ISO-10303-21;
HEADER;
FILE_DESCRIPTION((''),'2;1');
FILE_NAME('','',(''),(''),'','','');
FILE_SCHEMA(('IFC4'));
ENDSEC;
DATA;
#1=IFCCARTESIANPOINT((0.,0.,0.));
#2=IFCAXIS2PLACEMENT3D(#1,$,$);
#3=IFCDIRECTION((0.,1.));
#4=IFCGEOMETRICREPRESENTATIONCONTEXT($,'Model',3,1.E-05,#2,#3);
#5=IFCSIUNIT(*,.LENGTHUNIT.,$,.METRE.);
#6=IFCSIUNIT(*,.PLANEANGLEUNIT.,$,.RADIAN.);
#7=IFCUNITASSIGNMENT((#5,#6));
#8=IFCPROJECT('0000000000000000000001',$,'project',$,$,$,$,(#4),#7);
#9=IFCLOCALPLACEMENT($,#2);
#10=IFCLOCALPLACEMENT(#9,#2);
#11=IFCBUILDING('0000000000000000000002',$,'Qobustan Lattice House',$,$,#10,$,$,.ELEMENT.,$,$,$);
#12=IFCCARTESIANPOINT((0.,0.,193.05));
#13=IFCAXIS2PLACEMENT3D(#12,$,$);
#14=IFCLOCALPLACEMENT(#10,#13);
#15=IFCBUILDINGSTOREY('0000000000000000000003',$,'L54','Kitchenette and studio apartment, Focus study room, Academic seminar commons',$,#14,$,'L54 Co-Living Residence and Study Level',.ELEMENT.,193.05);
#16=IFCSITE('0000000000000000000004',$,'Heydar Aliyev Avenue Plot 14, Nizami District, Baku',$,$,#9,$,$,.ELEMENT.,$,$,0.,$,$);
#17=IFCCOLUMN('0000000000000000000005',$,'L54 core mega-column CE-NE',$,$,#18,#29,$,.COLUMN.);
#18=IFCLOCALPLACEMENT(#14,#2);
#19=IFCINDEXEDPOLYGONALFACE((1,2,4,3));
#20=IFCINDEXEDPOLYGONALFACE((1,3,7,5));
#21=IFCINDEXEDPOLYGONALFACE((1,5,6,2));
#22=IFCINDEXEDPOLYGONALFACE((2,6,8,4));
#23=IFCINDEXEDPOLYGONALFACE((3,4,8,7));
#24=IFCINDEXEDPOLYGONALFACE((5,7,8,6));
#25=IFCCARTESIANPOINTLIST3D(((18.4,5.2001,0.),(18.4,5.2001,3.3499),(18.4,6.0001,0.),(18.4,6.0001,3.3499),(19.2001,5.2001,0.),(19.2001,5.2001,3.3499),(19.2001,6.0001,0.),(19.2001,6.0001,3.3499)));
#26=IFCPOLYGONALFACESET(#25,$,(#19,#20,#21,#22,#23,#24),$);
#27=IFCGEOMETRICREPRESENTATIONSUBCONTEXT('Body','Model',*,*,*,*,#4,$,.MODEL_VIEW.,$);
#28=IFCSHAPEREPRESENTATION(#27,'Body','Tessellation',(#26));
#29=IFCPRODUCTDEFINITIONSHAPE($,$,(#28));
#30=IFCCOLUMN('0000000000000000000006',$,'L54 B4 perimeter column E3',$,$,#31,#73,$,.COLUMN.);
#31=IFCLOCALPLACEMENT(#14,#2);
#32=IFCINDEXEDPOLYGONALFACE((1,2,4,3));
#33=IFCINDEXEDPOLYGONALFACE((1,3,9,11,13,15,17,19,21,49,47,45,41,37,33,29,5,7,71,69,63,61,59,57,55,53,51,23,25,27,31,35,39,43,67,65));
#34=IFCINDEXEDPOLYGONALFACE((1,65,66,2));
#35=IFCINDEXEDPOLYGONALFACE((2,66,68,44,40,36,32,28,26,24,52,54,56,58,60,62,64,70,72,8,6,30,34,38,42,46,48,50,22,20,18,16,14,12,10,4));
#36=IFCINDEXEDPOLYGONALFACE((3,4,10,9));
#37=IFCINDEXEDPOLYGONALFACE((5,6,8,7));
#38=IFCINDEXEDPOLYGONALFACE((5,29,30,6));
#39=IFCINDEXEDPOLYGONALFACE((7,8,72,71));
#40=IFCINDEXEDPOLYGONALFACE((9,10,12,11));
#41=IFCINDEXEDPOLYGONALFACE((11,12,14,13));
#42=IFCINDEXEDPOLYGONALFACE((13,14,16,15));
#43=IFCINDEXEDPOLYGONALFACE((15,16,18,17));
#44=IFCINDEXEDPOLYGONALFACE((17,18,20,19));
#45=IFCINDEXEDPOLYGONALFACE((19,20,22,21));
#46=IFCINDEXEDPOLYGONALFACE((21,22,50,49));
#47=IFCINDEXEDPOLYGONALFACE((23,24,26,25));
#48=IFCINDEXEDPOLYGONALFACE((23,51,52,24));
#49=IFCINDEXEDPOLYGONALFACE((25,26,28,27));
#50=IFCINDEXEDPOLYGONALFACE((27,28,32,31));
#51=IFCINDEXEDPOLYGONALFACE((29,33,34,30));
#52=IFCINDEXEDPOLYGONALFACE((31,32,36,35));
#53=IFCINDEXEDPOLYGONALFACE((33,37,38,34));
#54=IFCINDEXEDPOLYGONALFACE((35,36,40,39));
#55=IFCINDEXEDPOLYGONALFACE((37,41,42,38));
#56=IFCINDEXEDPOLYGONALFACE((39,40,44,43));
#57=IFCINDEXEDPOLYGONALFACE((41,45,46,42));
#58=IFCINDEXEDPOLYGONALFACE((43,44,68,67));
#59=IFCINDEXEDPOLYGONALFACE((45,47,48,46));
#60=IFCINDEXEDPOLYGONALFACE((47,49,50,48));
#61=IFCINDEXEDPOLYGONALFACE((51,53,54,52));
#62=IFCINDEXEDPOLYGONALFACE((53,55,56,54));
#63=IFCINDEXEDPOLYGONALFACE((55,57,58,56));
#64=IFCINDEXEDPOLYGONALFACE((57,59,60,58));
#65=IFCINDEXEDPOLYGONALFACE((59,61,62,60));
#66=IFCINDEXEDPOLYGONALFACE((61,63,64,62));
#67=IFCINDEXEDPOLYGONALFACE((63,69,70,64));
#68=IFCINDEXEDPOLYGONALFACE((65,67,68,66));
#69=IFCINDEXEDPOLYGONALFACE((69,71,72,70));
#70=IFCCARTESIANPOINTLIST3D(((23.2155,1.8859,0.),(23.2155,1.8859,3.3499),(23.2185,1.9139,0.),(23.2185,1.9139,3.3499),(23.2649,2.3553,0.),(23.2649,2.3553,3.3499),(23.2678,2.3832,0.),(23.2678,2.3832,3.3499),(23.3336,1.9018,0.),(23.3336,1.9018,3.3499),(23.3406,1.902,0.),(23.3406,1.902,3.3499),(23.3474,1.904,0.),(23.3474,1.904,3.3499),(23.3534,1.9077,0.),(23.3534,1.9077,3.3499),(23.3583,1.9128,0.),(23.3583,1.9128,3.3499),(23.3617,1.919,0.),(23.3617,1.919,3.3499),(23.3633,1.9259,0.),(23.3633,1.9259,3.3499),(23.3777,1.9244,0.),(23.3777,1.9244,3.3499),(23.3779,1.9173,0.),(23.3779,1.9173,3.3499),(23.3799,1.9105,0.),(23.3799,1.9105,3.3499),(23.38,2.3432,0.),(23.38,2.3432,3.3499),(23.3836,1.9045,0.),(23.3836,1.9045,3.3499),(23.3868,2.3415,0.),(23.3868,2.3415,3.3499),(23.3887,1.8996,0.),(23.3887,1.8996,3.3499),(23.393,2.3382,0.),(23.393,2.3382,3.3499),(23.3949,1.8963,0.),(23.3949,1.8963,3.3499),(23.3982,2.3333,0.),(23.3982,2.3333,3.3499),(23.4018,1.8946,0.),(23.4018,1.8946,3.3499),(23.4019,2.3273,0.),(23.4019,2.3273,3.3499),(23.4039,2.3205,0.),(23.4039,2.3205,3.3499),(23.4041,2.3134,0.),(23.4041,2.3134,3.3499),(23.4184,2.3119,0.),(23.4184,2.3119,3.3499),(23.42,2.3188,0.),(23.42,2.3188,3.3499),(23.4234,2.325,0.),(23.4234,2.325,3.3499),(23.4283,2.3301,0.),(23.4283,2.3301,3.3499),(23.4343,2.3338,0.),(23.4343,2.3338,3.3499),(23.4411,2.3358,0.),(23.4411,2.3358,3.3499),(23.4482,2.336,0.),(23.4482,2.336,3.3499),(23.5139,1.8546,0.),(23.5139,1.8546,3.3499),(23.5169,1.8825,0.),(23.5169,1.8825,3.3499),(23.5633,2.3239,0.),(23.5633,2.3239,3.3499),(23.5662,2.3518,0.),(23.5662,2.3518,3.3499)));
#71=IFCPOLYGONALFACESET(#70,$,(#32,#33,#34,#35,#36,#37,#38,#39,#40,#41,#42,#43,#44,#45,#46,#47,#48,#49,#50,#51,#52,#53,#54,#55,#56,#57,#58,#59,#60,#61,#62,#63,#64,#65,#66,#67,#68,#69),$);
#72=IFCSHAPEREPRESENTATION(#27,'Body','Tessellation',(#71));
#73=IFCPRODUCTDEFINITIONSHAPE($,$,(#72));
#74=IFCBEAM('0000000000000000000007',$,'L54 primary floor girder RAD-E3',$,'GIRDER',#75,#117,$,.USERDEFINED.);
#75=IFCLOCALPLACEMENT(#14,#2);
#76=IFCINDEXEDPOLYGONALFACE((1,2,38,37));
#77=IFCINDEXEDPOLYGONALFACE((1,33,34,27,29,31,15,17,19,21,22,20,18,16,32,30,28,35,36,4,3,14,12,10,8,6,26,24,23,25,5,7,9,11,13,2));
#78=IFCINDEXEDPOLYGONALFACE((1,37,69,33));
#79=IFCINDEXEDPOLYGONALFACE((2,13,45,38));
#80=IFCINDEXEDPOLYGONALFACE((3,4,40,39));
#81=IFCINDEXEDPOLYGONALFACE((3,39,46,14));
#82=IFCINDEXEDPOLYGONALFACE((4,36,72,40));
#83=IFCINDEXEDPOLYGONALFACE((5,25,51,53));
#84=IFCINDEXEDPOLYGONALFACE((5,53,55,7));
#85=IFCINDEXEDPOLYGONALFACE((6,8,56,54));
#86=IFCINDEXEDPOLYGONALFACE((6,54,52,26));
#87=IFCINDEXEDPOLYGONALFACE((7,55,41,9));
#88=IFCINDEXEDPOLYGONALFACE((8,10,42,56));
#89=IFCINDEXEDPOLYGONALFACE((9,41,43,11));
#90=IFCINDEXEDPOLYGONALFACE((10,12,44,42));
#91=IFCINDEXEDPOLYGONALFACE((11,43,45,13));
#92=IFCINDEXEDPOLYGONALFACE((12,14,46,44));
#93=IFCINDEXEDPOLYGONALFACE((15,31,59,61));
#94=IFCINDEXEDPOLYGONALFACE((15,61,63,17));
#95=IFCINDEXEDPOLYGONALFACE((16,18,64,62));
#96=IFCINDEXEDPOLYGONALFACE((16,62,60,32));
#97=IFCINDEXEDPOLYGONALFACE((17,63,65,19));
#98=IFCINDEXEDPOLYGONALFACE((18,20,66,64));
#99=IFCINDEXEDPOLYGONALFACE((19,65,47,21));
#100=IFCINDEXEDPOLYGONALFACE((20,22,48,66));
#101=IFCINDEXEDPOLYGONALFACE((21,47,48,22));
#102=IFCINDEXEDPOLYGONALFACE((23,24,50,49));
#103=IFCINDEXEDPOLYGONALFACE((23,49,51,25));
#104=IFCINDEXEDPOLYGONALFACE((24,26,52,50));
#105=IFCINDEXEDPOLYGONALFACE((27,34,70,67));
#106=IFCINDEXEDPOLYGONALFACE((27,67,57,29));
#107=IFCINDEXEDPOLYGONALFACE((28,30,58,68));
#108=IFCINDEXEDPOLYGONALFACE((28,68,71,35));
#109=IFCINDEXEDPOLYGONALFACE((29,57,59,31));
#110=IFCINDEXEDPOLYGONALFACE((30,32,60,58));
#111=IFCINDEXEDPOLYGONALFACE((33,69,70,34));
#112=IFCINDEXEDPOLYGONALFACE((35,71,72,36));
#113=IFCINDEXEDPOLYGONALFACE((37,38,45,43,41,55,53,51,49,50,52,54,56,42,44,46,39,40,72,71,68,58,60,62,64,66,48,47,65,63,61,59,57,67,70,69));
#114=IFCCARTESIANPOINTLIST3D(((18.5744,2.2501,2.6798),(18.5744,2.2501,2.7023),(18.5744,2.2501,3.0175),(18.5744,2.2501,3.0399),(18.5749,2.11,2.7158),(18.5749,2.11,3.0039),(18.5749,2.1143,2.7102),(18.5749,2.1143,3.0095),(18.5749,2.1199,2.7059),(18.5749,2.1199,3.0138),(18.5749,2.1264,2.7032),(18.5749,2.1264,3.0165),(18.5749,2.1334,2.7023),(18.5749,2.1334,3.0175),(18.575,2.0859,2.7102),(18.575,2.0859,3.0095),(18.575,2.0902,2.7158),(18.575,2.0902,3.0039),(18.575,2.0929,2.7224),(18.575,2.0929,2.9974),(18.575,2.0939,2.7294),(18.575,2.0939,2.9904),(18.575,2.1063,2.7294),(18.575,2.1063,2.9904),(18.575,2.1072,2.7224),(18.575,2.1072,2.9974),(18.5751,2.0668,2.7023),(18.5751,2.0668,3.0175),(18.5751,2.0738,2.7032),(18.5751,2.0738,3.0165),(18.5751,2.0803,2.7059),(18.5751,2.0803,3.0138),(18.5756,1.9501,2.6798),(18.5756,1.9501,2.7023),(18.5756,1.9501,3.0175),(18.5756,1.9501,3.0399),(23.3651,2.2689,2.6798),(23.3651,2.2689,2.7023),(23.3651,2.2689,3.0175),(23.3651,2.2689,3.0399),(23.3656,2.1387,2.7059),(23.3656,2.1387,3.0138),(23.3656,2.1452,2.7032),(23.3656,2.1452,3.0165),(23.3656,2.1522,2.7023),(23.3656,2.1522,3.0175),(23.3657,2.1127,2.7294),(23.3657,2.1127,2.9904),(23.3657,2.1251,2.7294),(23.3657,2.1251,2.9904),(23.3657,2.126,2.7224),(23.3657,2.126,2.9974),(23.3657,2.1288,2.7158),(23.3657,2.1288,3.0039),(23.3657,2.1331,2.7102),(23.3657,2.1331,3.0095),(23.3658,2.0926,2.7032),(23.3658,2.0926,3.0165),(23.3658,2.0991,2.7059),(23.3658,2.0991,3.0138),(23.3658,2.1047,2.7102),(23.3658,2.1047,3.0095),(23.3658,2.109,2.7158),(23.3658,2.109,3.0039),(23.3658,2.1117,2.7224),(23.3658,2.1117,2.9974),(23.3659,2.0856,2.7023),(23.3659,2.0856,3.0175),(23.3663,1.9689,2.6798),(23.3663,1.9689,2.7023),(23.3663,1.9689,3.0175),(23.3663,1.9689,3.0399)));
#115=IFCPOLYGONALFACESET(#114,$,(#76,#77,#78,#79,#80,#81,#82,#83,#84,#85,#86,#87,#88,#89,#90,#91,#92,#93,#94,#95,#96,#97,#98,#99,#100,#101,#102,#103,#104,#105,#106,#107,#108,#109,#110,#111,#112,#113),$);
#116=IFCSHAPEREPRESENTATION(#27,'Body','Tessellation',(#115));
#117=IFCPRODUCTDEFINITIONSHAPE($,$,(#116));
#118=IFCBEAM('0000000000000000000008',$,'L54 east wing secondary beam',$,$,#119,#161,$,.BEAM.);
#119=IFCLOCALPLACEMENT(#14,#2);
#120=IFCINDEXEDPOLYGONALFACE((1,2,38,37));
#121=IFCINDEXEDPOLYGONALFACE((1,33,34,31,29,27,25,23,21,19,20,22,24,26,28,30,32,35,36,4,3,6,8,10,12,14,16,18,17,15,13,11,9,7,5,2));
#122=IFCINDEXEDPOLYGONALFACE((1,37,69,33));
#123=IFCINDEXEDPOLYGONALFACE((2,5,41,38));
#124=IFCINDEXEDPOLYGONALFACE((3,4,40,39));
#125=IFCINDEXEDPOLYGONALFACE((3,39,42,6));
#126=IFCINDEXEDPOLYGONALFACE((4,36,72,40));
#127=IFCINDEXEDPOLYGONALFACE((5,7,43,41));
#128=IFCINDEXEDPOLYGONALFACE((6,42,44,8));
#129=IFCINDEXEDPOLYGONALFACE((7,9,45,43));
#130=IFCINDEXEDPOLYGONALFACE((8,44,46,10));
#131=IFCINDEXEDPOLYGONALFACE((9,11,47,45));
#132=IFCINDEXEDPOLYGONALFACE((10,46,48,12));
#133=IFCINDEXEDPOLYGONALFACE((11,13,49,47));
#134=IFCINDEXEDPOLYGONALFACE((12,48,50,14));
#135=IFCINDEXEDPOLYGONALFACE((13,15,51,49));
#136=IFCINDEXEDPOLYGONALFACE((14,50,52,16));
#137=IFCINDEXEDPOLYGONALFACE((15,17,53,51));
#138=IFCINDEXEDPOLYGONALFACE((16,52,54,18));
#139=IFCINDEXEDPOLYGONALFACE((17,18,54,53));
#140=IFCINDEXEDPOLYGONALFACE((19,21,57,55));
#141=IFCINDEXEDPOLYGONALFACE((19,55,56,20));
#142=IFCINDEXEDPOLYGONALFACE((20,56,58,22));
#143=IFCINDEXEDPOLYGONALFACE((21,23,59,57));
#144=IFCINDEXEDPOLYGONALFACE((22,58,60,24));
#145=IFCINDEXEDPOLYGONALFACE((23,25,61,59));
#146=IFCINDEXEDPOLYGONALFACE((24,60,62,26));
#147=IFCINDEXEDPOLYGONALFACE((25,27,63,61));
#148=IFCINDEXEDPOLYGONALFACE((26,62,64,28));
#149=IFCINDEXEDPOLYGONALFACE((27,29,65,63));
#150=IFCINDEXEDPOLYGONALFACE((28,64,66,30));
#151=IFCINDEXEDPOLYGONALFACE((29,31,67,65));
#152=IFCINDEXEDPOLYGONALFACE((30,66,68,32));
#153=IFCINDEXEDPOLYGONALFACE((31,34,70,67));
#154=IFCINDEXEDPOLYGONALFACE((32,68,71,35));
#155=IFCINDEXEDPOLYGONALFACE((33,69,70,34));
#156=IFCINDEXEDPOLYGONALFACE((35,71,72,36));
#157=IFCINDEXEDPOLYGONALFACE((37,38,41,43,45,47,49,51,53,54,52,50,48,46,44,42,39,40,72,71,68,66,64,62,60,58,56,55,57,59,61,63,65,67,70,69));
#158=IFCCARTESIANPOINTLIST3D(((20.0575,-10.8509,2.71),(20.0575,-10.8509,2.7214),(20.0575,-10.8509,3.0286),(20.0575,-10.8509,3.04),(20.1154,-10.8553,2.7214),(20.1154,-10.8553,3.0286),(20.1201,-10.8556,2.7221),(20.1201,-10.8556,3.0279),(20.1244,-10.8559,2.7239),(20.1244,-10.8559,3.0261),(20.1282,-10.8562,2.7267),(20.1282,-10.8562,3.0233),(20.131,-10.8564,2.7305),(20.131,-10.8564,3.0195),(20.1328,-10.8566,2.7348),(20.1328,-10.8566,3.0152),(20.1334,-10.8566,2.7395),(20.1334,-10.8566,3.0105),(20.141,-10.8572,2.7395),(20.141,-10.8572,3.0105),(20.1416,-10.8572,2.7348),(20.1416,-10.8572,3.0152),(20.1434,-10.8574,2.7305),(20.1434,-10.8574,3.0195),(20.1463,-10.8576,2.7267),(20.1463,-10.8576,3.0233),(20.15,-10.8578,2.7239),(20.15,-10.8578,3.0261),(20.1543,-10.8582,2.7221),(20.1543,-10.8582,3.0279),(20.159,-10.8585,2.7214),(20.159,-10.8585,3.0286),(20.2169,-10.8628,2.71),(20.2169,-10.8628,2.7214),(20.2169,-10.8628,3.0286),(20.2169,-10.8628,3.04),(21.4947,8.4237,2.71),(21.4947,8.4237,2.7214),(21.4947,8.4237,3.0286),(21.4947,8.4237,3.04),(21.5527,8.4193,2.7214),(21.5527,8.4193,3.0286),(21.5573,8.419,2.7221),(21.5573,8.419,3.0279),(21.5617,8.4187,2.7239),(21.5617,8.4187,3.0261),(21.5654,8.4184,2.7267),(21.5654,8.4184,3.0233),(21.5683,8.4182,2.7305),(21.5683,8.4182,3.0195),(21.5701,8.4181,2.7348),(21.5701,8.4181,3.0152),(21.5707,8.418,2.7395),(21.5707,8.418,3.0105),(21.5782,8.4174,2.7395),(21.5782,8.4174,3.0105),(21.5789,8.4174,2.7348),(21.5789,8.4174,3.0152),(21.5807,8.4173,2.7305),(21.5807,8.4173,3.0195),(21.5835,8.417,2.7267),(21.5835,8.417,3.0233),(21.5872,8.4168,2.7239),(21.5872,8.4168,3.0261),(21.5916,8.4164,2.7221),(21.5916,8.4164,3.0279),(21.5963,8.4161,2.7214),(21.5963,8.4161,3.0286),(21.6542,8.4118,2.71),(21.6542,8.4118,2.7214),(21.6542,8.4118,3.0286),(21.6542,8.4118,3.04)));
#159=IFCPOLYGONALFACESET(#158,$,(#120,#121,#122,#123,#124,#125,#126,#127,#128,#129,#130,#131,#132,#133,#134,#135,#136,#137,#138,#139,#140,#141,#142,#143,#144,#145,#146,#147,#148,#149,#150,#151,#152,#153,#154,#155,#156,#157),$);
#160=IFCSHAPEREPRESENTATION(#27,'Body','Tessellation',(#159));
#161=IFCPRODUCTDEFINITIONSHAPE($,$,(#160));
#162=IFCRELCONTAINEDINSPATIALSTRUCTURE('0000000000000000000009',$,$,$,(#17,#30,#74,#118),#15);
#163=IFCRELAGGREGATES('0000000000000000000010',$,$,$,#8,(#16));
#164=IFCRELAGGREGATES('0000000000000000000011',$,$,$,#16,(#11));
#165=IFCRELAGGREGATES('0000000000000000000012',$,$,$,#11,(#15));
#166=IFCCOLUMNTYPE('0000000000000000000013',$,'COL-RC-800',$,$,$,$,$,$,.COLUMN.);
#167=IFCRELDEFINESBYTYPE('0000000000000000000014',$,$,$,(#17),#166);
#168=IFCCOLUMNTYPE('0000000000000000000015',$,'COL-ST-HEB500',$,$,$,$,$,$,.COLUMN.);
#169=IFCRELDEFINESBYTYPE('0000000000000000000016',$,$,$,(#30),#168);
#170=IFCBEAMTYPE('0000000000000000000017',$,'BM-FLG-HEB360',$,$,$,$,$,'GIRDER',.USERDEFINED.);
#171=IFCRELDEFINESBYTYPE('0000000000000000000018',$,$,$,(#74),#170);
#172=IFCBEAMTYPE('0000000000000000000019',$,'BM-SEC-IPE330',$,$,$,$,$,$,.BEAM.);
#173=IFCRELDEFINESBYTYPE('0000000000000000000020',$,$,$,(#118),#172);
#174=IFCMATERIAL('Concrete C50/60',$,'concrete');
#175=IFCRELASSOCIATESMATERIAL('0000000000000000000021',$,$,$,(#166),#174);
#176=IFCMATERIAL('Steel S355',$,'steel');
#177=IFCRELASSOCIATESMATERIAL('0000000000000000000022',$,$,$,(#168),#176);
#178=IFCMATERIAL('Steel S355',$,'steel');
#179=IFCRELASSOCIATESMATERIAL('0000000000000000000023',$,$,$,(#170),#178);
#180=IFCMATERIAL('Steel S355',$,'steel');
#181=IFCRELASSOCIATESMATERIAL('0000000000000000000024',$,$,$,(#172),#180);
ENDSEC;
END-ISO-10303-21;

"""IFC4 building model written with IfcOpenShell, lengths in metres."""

from ifc_helpers import new_model, si_unit, direction, frame, origin, origin_2d, place, context, subcontext, project, spatial, rectangle, i_section, extrude, material, material_profile, profile_set, type_object, element, save


model = new_model("IFC4")

# Units and contexts
model_context = context("Model", 3, precision=1e-05, world=origin(), true_north=direction((0.0, 1.0)))
body_context = subcontext(model_context, "Body", "Model", "MODEL_VIEW")
ifc_project = project(units=[si_unit("LENGTHUNIT", "METRE"), si_unit("PLANEANGLEUNIT", "RADIAN")], contexts=[model_context])

# Site, building, storey
site_placement = place(None, origin())
site = spatial("IfcSite", under=ifc_project, at=site_placement, Name="Heydar Aliyev Avenue Plot 14, Nizami District, Baku", CompositionType="ELEMENT", RefElevation=0.0)
building_placement = place(site_placement, origin())
building = spatial("IfcBuilding", under=site, at=building_placement, Name="Qobustan Lattice House", CompositionType="ELEMENT")
storey_placement = place(building_placement, frame((0.0, 0.0, 193.05)))
storey = spatial("IfcBuildingStorey", under=building, at=storey_placement, Name="L54", Description="Kitchenette and studio apartment, Focus study room, Academic seminar commons", LongName="L54 Co-Living Residence and Study Level", CompositionType="ELEMENT", Elevation=193.05)

# Columns
ifc_material_1 = material(Name="Concrete C50/60", Category="concrete")
ifc_material_profile_1 = material_profile(ifc_material_1, rectangle(XDim=0.8, YDim=0.8, at=origin_2d()), Name="RC800x800")
ifc_profile_set_1 = profile_set([ifc_material_profile_1], Name="Concrete C50/60")
column_type_1 = type_object("IfcColumnType", Name="COL-RC-800", PredefinedType="COLUMN", material=ifc_profile_set_1)
column_1_placement = place(storey_placement, frame((18.8, 5.6001, 0.0), z_axis=(0.0, 0.0, 1.0), x_axis=(1.0, 0.0, 0.0)))
element("IfcColumn", 1, at=column_1_placement, inside=storey, type_object=column_type_1, Name="L54 core mega-column CE-NE", PredefinedType="COLUMN", context=body_context, shape_type="SweptSolid", body=[
    extrude(rectangle(XDim=0.8, YDim=0.8, at=origin_2d()), origin(), (0.0, 0.0, 1.0), 3.3499),
])
ifc_material_2 = material(Name="Steel S355", Category="steel")
ifc_material_profile_2 = material_profile(ifc_material_2, i_section(OverallWidth=0.3, OverallDepth=0.5, WebThickness=0.0144, FlangeThickness=0.0281, FilletRadius=0.0271, at=origin_2d()), Name="HEB500")
ifc_profile_set_2 = profile_set([ifc_material_profile_2], Name="Steel S355")
column_type_2 = type_object("IfcColumnType", Name="COL-ST-HEB500", PredefinedType="COLUMN", material=ifc_profile_set_2)
column_2_placement = place(storey_placement, frame((23.3909, 2.1189, 0.0), z_axis=(0.0, 0.0, 1.0), x_axis=(0.994522, -0.104528, 0.0)))
element("IfcColumn", 2, at=column_2_placement, inside=storey, type_object=column_type_2, Name="L54 B4 perimeter column E3", PredefinedType="COLUMN", context=body_context, shape_type="SweptSolid", body=[
    extrude(i_section(OverallWidth=0.3, OverallDepth=0.5, WebThickness=0.0144, FlangeThickness=0.0281, FilletRadius=0.0271, at=origin_2d()), origin(), (0.0, 0.0, 1.0), 3.3499),
])

# Beams
ifc_material_3 = material(Name="Steel S355", Category="steel")
ifc_material_profile_3 = material_profile(ifc_material_3, i_section(OverallWidth=0.3, OverallDepth=0.3601, WebThickness=0.0125, FlangeThickness=0.0225, FilletRadius=0.0271, at=origin_2d()), Name="HEB360")
ifc_profile_set_3 = profile_set([ifc_material_profile_3], Name="Steel S355")
beam_type_1 = type_object("IfcBeamType", Name="BM-FLG-HEB360", ElementType="GIRDER", PredefinedType="USERDEFINED", material=ifc_profile_set_3)
beam_1_placement = place(storey_placement, frame((23.3657, 2.1189, 2.8599), z_axis=(-0.999992, -0.003924, 0.0), x_axis=(0.003924, -0.999992, 0.0)))
element("IfcBeam", 3, at=beam_1_placement, inside=storey, type_object=beam_type_1, Name="L54 primary floor girder RAD-E3", ObjectType="GIRDER", PredefinedType="USERDEFINED", context=body_context, shape_type="SweptSolid", body=[
    extrude(i_section(OverallWidth=0.3, OverallDepth=0.3601, WebThickness=0.0125, FlangeThickness=0.0225, FilletRadius=0.0271, at=origin_2d()), origin(), (0.0, 0.0, 1.0), 4.7908),
])
ifc_material_4 = material(Name="Steel S355", Category="steel")
ifc_material_profile_4 = material_profile(ifc_material_4, i_section(OverallWidth=0.1599, OverallDepth=0.3301, WebThickness=0.0076, FlangeThickness=0.0115, FilletRadius=0.0181, at=origin_2d()), Name="IPE330")
ifc_profile_set_4 = profile_set([ifc_material_profile_4], Name="Steel S355")
beam_type_2 = type_object("IfcBeamType", Name="BM-SEC-IPE330", PredefinedType="BEAM", material=ifc_profile_set_4)
beam_2_placement = place(storey_placement, frame((21.5745, 8.4177, 2.875), z_axis=(-0.074361, -0.997231, 0.0), x_axis=(0.997231, -0.074361, 0.0)))
element("IfcBeam", 4, at=beam_2_placement, inside=storey, type_object=beam_type_2, Name="L54 east wing secondary beam", PredefinedType="BEAM", context=body_context, shape_type="SweptSolid", body=[
    extrude(i_section(OverallWidth=0.1599, OverallDepth=0.3301, WebThickness=0.0076, FlangeThickness=0.0115, FilletRadius=0.0181, at=origin_2d()), origin(), (0.0, 0.0, 1.0), 19.3281),
])

save(model, "model.ifc")
